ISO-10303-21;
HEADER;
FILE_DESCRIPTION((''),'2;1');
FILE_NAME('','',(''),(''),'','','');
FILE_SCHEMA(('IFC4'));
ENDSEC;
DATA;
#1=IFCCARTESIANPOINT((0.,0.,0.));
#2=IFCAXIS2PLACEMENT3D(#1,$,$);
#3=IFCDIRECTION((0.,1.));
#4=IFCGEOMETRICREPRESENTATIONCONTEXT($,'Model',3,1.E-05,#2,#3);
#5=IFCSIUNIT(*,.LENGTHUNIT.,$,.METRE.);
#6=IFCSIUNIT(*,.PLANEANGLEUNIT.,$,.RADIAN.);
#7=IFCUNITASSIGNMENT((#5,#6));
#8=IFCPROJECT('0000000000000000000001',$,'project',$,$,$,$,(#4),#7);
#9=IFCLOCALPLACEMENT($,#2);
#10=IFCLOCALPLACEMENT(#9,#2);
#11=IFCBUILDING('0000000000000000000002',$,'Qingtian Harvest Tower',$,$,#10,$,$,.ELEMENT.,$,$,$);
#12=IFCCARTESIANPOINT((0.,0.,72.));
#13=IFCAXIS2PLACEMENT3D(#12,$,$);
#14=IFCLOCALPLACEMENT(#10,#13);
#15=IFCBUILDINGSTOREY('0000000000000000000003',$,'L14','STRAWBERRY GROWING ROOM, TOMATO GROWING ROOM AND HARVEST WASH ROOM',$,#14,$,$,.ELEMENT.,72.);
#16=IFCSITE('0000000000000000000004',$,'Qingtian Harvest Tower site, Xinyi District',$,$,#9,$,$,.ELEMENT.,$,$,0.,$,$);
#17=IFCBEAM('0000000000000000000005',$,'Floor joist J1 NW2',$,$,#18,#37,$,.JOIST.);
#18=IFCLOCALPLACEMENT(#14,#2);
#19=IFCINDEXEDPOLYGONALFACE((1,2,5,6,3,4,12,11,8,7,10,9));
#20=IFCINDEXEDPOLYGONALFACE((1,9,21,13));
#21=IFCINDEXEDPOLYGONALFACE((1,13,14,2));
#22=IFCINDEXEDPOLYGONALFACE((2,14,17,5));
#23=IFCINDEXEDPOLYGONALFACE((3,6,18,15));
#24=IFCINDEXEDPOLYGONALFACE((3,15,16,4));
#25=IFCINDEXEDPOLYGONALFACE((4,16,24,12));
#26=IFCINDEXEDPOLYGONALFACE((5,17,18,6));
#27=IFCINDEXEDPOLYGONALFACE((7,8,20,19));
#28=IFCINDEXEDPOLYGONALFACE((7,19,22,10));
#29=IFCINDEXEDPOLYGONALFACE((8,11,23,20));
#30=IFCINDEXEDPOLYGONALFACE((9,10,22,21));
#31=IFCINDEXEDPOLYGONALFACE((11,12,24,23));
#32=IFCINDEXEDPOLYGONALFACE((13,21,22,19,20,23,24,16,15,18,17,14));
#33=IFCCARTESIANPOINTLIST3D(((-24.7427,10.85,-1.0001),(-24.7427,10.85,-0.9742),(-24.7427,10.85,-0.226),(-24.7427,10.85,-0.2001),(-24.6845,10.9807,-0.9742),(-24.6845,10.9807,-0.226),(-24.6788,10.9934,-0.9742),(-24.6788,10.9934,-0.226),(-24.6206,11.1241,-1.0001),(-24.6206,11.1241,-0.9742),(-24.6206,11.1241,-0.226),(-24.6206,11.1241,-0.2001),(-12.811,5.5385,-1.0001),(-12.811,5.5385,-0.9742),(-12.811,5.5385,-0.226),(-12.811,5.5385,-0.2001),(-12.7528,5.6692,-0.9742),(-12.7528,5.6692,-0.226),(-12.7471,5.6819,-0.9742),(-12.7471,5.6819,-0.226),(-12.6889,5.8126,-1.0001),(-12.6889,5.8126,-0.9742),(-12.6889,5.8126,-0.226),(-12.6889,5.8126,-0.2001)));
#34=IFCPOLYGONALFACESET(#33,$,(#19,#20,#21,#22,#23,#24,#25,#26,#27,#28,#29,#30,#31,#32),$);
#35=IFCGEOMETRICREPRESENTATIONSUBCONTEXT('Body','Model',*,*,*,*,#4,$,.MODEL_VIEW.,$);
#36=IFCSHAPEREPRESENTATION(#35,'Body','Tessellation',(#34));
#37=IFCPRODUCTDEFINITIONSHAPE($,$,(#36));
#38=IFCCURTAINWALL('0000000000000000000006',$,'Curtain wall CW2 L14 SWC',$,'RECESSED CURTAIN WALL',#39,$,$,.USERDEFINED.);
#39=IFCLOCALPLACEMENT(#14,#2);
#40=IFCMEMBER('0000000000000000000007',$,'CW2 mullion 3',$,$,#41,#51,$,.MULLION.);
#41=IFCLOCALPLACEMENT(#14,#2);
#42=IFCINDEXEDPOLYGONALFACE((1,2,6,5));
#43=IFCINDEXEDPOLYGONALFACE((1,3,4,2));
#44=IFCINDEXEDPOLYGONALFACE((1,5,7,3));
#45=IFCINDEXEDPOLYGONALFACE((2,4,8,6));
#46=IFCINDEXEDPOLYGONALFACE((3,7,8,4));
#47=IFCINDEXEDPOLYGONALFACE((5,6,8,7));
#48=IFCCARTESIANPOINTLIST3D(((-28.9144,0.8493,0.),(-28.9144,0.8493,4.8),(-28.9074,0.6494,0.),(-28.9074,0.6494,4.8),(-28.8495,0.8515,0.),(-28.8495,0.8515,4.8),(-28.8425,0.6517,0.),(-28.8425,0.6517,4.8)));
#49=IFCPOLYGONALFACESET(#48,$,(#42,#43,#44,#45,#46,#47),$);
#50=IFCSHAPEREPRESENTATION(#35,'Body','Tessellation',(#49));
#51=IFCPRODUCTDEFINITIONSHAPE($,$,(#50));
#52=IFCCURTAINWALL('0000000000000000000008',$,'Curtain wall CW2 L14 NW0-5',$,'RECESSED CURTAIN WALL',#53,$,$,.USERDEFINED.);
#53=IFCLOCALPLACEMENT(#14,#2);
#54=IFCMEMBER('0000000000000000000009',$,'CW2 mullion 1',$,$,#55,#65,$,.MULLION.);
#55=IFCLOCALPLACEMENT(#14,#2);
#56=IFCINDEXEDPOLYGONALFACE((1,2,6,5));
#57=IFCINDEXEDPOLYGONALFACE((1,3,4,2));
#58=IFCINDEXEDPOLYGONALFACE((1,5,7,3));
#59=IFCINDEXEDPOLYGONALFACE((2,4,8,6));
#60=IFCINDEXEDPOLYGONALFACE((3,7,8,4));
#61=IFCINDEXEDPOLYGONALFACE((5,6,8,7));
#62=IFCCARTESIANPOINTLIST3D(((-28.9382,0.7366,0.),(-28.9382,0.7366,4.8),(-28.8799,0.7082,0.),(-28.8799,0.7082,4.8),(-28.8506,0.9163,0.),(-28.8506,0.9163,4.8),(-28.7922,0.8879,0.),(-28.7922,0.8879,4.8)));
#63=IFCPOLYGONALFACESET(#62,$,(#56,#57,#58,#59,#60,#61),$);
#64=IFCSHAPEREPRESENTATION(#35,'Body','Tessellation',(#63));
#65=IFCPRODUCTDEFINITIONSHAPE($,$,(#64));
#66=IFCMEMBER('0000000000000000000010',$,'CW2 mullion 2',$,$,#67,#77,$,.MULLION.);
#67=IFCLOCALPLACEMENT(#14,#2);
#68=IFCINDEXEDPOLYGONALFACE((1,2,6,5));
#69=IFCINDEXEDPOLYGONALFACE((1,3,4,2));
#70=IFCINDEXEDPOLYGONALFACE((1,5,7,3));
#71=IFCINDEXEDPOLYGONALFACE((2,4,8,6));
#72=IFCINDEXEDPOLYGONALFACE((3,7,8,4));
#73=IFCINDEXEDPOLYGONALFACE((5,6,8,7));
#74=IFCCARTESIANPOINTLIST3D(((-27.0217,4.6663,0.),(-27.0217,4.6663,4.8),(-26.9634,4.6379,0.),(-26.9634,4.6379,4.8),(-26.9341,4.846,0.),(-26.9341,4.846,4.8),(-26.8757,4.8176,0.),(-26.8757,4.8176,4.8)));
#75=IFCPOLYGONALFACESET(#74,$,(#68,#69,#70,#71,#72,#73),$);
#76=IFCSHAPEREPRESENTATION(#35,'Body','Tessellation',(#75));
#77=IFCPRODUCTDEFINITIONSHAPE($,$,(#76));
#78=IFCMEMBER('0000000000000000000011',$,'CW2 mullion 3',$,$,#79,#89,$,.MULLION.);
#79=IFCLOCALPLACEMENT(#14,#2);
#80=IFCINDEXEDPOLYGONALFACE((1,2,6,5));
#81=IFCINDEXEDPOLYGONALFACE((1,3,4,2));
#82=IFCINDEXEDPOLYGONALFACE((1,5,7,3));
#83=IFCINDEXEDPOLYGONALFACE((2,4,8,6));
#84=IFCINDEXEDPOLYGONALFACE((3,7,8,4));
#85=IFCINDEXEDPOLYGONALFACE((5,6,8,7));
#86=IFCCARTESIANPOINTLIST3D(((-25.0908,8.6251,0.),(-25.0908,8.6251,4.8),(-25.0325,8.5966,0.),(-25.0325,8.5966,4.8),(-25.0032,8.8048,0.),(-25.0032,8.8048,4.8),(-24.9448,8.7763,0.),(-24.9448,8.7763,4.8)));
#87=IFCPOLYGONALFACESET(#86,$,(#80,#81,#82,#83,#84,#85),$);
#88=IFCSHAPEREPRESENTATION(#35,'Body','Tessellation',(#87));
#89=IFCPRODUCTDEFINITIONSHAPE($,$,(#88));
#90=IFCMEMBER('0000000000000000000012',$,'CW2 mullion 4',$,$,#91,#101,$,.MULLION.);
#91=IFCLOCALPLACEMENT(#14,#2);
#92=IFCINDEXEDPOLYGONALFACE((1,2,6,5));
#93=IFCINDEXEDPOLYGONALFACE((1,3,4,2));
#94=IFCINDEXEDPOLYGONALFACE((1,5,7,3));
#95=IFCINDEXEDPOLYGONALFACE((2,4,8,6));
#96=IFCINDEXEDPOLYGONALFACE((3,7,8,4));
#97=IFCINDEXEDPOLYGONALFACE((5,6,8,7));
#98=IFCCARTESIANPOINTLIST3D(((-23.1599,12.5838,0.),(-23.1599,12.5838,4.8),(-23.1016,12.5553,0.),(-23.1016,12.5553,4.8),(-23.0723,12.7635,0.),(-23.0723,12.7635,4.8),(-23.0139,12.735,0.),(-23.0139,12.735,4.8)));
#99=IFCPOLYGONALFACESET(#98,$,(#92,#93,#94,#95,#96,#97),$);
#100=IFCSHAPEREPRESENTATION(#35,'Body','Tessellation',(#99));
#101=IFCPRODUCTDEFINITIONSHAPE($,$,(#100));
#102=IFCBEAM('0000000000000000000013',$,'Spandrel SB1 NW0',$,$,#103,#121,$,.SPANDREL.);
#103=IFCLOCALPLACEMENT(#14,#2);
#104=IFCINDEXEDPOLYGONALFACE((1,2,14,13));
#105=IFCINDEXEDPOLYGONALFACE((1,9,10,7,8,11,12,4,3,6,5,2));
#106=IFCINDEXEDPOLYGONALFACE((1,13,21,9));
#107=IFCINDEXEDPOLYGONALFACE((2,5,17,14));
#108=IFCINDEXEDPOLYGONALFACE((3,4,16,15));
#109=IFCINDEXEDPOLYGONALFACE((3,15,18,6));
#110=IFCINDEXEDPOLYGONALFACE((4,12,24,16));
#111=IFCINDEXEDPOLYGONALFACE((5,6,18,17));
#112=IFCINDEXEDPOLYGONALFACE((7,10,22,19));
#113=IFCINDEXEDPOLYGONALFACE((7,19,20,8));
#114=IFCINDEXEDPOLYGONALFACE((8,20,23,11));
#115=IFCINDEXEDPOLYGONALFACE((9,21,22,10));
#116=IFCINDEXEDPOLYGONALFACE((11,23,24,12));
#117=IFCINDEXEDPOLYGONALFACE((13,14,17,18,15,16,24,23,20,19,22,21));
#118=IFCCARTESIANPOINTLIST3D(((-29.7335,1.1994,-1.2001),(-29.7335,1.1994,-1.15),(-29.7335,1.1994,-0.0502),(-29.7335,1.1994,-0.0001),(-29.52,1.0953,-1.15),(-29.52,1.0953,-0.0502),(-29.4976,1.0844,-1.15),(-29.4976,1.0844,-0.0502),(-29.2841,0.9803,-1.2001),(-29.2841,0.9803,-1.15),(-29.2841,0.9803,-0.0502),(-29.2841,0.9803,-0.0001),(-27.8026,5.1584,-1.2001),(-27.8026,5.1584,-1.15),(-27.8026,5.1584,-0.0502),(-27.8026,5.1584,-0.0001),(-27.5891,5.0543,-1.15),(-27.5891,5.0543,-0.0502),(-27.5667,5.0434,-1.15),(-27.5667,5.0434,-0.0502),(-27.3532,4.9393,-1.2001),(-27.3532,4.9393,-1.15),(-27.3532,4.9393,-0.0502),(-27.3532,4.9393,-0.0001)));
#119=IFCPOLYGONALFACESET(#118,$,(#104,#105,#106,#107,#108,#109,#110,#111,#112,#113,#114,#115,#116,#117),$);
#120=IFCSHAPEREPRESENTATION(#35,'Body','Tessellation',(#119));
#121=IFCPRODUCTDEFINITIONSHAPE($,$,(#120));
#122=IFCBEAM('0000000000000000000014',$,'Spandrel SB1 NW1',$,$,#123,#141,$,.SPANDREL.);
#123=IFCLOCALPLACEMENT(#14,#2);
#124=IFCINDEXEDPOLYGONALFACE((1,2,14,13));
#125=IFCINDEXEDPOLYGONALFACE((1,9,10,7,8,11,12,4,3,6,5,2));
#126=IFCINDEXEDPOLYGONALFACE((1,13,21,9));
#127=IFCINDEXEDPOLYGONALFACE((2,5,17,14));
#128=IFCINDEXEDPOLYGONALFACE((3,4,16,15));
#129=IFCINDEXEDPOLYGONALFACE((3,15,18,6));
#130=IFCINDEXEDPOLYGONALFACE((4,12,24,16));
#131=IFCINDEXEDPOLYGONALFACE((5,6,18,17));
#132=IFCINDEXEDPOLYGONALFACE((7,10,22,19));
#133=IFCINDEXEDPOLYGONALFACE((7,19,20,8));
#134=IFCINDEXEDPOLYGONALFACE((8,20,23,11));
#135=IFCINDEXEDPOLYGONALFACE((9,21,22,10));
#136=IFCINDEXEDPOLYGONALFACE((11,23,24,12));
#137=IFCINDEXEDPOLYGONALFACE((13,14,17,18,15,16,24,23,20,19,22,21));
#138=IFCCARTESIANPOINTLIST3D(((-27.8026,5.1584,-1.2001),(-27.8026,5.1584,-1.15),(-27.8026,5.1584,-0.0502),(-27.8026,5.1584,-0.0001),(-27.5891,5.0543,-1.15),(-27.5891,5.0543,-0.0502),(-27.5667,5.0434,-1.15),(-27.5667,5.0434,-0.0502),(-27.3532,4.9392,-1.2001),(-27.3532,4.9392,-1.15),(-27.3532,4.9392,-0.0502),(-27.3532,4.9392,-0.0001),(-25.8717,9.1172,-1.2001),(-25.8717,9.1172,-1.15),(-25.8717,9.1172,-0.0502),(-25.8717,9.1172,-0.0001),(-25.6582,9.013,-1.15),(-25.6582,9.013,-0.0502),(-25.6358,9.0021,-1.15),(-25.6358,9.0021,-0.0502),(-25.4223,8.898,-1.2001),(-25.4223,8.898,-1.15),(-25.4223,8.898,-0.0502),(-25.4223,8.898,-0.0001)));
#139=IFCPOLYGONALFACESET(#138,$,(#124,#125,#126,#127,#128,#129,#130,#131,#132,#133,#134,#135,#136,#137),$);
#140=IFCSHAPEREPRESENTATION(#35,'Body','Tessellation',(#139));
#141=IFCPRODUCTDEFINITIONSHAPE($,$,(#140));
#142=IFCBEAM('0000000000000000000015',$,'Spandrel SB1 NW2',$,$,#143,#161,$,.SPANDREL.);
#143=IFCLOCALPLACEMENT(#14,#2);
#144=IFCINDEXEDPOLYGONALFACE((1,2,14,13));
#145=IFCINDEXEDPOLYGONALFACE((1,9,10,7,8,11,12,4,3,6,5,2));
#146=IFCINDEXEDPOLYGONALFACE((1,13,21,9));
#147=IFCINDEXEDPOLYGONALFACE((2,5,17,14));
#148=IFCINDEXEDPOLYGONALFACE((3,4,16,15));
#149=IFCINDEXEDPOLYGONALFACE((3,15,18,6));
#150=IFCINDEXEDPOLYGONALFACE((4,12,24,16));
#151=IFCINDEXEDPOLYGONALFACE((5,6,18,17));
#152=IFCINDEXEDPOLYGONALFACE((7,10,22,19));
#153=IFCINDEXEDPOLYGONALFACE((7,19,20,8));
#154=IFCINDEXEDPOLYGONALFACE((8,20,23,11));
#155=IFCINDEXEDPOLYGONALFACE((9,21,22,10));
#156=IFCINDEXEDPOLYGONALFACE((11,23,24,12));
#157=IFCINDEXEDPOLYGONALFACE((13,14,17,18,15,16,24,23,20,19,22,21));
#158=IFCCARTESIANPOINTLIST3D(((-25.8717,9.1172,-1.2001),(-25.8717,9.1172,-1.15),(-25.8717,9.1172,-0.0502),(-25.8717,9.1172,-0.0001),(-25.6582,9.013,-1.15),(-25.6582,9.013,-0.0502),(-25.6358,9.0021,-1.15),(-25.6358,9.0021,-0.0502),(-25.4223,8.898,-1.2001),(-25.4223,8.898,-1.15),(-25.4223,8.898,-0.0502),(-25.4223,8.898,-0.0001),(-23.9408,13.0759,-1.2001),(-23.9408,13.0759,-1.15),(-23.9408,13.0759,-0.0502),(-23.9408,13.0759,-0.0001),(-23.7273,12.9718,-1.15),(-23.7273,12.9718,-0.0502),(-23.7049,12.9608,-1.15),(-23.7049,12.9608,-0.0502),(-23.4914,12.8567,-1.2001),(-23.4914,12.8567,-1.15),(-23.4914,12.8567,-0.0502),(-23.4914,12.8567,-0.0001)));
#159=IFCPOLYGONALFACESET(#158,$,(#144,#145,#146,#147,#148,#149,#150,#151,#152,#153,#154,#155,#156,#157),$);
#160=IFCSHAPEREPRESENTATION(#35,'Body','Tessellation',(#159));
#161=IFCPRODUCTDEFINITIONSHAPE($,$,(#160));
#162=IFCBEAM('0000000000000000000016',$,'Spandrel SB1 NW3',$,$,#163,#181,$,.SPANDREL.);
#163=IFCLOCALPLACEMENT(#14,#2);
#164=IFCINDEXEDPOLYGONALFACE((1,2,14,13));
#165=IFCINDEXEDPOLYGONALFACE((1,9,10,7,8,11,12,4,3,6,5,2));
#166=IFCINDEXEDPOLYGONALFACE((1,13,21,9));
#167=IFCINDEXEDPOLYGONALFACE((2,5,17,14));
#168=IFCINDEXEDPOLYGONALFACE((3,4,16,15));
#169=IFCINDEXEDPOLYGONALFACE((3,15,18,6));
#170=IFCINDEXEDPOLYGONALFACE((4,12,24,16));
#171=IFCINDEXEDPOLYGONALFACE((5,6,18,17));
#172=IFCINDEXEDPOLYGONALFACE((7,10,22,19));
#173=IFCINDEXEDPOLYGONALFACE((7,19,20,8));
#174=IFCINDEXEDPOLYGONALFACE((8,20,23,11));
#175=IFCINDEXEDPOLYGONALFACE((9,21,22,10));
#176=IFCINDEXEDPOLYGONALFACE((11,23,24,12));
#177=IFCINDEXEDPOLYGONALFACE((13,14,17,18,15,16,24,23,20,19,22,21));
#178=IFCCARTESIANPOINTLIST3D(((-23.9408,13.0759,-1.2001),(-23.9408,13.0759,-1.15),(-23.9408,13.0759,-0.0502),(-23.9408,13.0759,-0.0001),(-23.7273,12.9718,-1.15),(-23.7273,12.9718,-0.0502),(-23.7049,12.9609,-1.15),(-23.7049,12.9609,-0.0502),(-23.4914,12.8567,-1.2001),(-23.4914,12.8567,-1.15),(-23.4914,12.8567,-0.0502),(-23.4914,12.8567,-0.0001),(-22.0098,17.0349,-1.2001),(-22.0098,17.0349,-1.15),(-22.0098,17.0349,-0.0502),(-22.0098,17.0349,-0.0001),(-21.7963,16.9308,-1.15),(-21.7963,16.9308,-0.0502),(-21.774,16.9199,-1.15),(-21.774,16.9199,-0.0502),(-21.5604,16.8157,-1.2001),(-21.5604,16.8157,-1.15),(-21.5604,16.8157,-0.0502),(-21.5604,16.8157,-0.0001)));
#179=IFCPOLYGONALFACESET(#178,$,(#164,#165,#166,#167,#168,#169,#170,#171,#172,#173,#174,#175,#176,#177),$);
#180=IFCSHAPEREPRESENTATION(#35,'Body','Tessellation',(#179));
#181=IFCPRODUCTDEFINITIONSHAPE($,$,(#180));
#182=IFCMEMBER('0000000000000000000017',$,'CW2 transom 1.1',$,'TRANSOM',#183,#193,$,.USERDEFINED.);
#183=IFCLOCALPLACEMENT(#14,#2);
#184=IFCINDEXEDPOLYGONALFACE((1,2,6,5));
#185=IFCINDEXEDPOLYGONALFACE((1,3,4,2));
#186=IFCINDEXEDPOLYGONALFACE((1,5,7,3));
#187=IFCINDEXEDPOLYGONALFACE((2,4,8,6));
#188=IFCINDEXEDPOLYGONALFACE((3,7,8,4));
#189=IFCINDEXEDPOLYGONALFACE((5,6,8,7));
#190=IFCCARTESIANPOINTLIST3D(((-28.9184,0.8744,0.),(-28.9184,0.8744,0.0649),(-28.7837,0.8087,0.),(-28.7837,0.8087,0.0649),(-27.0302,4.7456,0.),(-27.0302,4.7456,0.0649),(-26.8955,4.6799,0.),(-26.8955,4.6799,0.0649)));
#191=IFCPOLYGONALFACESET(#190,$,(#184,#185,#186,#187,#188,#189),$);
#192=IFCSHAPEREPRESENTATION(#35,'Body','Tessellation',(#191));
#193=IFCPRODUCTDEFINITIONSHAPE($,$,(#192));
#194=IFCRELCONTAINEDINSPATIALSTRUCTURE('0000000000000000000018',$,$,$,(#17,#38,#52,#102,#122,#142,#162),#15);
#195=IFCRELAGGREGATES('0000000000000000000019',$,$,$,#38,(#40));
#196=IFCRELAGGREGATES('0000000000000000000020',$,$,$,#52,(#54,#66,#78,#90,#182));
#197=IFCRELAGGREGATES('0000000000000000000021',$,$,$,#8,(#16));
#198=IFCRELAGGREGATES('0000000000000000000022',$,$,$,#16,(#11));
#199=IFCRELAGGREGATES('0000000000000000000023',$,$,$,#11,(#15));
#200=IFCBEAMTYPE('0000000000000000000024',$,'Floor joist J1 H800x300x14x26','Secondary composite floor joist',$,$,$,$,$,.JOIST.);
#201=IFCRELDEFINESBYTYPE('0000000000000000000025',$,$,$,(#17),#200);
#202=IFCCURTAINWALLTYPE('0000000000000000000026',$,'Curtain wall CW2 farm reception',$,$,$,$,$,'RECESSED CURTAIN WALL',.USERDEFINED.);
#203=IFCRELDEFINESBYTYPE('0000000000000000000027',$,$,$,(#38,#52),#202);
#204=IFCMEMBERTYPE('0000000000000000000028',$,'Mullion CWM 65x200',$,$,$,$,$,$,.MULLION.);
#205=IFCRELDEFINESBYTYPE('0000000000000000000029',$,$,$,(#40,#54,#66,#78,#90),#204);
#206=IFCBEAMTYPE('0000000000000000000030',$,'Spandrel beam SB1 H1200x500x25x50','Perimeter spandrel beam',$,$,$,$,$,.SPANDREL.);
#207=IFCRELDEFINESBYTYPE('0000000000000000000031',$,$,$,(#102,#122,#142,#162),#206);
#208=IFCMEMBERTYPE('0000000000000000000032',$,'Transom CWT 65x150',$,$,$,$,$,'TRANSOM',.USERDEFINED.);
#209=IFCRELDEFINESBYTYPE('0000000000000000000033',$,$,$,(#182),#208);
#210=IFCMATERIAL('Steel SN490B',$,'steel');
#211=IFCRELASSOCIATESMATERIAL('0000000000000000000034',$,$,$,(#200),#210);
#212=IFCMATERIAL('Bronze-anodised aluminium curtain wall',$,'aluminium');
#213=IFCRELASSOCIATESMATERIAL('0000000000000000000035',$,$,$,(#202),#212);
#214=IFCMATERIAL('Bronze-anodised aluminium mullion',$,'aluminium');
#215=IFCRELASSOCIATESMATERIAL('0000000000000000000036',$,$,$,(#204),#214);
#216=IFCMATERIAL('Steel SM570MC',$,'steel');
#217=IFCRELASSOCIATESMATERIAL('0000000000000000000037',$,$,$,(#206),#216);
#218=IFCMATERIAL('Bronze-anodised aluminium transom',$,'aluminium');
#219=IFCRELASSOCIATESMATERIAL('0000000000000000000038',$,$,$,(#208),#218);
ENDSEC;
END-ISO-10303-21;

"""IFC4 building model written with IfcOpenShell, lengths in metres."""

from ifc_helpers import new_model, si_unit, direction, frame, origin, origin_2d, place, context, subcontext, project, spatial, rectangle, i_section, extrude, material, material_profile, profile_set, type_object, element, aggregate, save


model = new_model("IFC4")

# Units and contexts
model_context = context("Model", 3, precision=1e-05, world=origin(), true_north=direction((0.0, 1.0)))
body_context = subcontext(model_context, "Body", "Model", "MODEL_VIEW")
ifc_project = project(units=[si_unit("LENGTHUNIT", "METRE"), si_unit("PLANEANGLEUNIT", "RADIAN")], contexts=[model_context])

# Site, building, storey
site_placement = place(None, origin())
site = spatial("IfcSite", under=ifc_project, at=site_placement, Name="Qingtian Harvest Tower site, Xinyi District", CompositionType="ELEMENT", RefElevation=0.0)
building_placement = place(site_placement, origin())
building = spatial("IfcBuilding", under=site, at=building_placement, Name="Qingtian Harvest Tower", CompositionType="ELEMENT")
storey_placement = place(building_placement, frame((0.0, 0.0, 72.0)))
storey = spatial("IfcBuildingStorey", under=building, at=storey_placement, Name="L14", Description="STRAWBERRY GROWING ROOM, TOMATO GROWING ROOM AND HARVEST WASH ROOM", CompositionType="ELEMENT", Elevation=72.0)

# Beam
ifc_material_1 = material(Name="Steel SN490B", Category="steel")
ifc_material_profile_1 = material_profile(ifc_material_1, i_section(OverallWidth=0.3, OverallDepth=0.8, WebThickness=0.0139, FlangeThickness=0.0259, at=origin_2d()), Name="H800x300x14x26")
ifc_profile_set_1 = profile_set([ifc_material_profile_1], Name="Steel SN490B")
beam_type_1 = type_object("IfcBeamType", Name="Floor joist J1 H800x300x14x26", Description="Secondary composite floor joist", PredefinedType="JOIST", material=ifc_profile_set_1)
beam_1_placement = place(storey_placement, frame((-24.6816, 10.9871, -0.6001), z_axis=(0.913568, -0.406686, 0.0), x_axis=(0.406686, 0.913568, 0.0)))
element("IfcBeam", 1, at=beam_1_placement, inside=storey, type_object=beam_type_1, Name="Floor joist J1 NW2", PredefinedType="JOIST", context=body_context, shape_type="SweptSolid", body=[
    extrude(i_section(OverallWidth=0.3, OverallDepth=0.8, WebThickness=0.0139, FlangeThickness=0.0259, at=origin_2d()), origin(), (0.0, 0.0, 1.0), 13.0605),
])

# Curtain wall, member
ifc_material_2 = material(Name="Bronze-anodised aluminium curtain wall", Category="aluminium")
curtain_wall_type = type_object("IfcCurtainWallType", Name="Curtain wall CW2 farm reception", ElementType="RECESSED CURTAIN WALL", PredefinedType="USERDEFINED", material=ifc_material_2)
curtain_wall_1_placement = place(storey_placement, origin())
curtain_wall_1 = element("IfcCurtainWall", 2, at=curtain_wall_1_placement, inside=storey, type_object=curtain_wall_type, Name="Curtain wall CW2 L14 SWC", ObjectType="RECESSED CURTAIN WALL", PredefinedType="USERDEFINED")
ifc_material_3 = material(Name="Bronze-anodised aluminium mullion", Category="aluminium")
ifc_material_profile_2 = material_profile(ifc_material_3, rectangle(XDim=0.0649, YDim=0.2, at=origin_2d()), Name="AL 65x200")
ifc_profile_set_2 = profile_set([ifc_material_profile_2], Name="Bronze-anodised aluminium mullion")
member_type_1 = type_object("IfcMemberType", Name="Mullion CWM 65x200", PredefinedType="MULLION", material=ifc_profile_set_2)
member_1_placement = place(storey_placement, frame((-28.8784, 0.7505, 0.0), z_axis=(0.0, 0.0, 1.0), x_axis=(-0.999391, -0.034899, 0.0)))
member_1 = element("IfcMember", 3, at=member_1_placement, type_object=member_type_1, Name="CW2 mullion 3", PredefinedType="MULLION", context=body_context, shape_type="SweptSolid", body=[
    extrude(rectangle(XDim=0.0649, YDim=0.2, at=origin_2d()), origin(), (0.0, 0.0, 1.0), 4.8),
])
aggregate(curtain_wall_1, [member_1])

# Curtain wall, members
curtain_wall_2_placement = place(storey_placement, origin())
curtain_wall_2 = element("IfcCurtainWall", 4, at=curtain_wall_2_placement, inside=storey, type_object=curtain_wall_type, Name="Curtain wall CW2 L14 NW0-5", ObjectType="RECESSED CURTAIN WALL", PredefinedType="USERDEFINED")
member_2_placement = place(storey_placement, frame((-28.8652, 0.8123, 0.0), z_axis=(0.0, 0.0, 1.0), x_axis=(-0.898794, 0.438371, 0.0)))
member_2 = element("IfcMember", 5, at=member_2_placement, type_object=member_type_1, Name="CW2 mullion 1", PredefinedType="MULLION", context=body_context, shape_type="SweptSolid", body=[
    extrude(rectangle(XDim=0.0649, YDim=0.2, at=origin_2d()), origin(), (0.0, 0.0, 1.0), 4.8),
])
member_3_placement = place(storey_placement, frame((-26.9487, 4.7419, 0.0), z_axis=(0.0, 0.0, 1.0), x_axis=(-0.898794, 0.438371, 0.0)))
member_3 = element("IfcMember", 6, at=member_3_placement, type_object=member_type_1, Name="CW2 mullion 2", PredefinedType="MULLION", context=body_context, shape_type="SweptSolid", body=[
    extrude(rectangle(XDim=0.0649, YDim=0.2, at=origin_2d()), origin(), (0.0, 0.0, 1.0), 4.8),
])
member_4_placement = place(storey_placement, frame((-25.0178, 8.7007, 0.0), z_axis=(0.0, 0.0, 1.0), x_axis=(-0.898794, 0.438371, 0.0)))
member_4 = element("IfcMember", 7, at=member_4_placement, type_object=member_type_1, Name="CW2 mullion 3", PredefinedType="MULLION", context=body_context, shape_type="SweptSolid", body=[
    extrude(rectangle(XDim=0.0649, YDim=0.2, at=origin_2d()), origin(), (0.0, 0.0, 1.0), 4.8),
])
member_5_placement = place(storey_placement, frame((-23.0869, 12.6594, 0.0), z_axis=(0.0, 0.0, 1.0), x_axis=(-0.898794, 0.438371, 0.0)))
member_5 = element("IfcMember", 8, at=member_5_placement, type_object=member_type_1, Name="CW2 mullion 4", PredefinedType="MULLION", context=body_context, shape_type="SweptSolid", body=[
    extrude(rectangle(XDim=0.0649, YDim=0.2, at=origin_2d()), origin(), (0.0, 0.0, 1.0), 4.8),
])

# Beams
ifc_material_4 = material(Name="Steel SM570MC", Category="steel")
ifc_material_profile_3 = material_profile(ifc_material_4, i_section(OverallWidth=0.5, OverallDepth=1.2, WebThickness=0.0249, FlangeThickness=0.05, at=origin_2d()), Name="H1200x500x25x50")
ifc_profile_set_3 = profile_set([ifc_material_profile_3], Name="Steel SM570MC")
beam_type_2 = type_object("IfcBeamType", Name="Spandrel beam SB1 H1200x500x25x50", Description="Perimeter spandrel beam", PredefinedType="SPANDREL", material=ifc_profile_set_3)
beam_2_placement = place(storey_placement, frame((-29.5088, 1.0898, -0.6001), z_axis=(0.438368, 0.898796, 0.0), x_axis=(-0.898796, 0.438368, 0.0)))
element("IfcBeam", 9, at=beam_2_placement, inside=storey, type_object=beam_type_2, Name="Spandrel SB1 NW0", PredefinedType="SPANDREL", context=body_context, shape_type="SweptSolid", body=[
    extrude(i_section(OverallWidth=0.5, OverallDepth=1.2, WebThickness=0.0249, FlangeThickness=0.05, at=origin_2d()), origin(), (0.0, 0.0, 1.0), 4.4048),
])
for number, where, z_axis, x_axis, name in (
    (10, (-27.5779, 5.0488, -0.6001), (0.43839, 0.898785, 0.0), (-0.898785, 0.43839, 0.0), "Spandrel SB1 NW1"),
    (11, (-25.647, 9.0076, -0.6001), (0.43839, 0.898785, 0.0), (-0.898785, 0.43839, 0.0), "Spandrel SB1 NW2"),
):
    element("IfcBeam", number, at=place(storey_placement, frame(where, z_axis=z_axis, x_axis=x_axis)), inside=storey, type_object=beam_type_2, Name=name, PredefinedType="SPANDREL", context=body_context, shape_type="SweptSolid", body=[
        extrude(i_section(OverallWidth=0.5, OverallDepth=1.2, WebThickness=0.0249, FlangeThickness=0.05, at=origin_2d()), origin(), (0.0, 0.0, 1.0), 4.4045),
    ])
beam_3_placement = place(storey_placement, frame((-23.7161, 12.9663, -0.6001), z_axis=(0.438368, 0.898796, 0.0), x_axis=(-0.898796, 0.438368, 0.0)))
element("IfcBeam", 12, at=beam_3_placement, inside=storey, type_object=beam_type_2, Name="Spandrel SB1 NW3", PredefinedType="SPANDREL", context=body_context, shape_type="SweptSolid", body=[
    extrude(i_section(OverallWidth=0.5, OverallDepth=1.2, WebThickness=0.0249, FlangeThickness=0.05, at=origin_2d()), origin(), (0.0, 0.0, 1.0), 4.4048),
])

# Member
ifc_material_5 = material(Name="Bronze-anodised aluminium transom", Category="aluminium")
ifc_material_profile_4 = material_profile(ifc_material_5, rectangle(XDim=0.1499, YDim=0.0649, at=origin_2d()), Name="AL 65x150")
ifc_profile_set_4 = profile_set([ifc_material_profile_4], Name="Bronze-anodised aluminium transom")
member_type_2 = type_object("IfcMemberType", Name="Transom CWT 65x150", ElementType="TRANSOM", PredefinedType="USERDEFINED", material=ifc_profile_set_4)
member_6_placement = place(storey_placement, frame((-28.8511, 0.8416, 0.0325), z_axis=(0.438395, 0.898783, 0.0), x_axis=(-0.898783, 0.438395, 0.0)))
member_6 = element("IfcMember", 13, at=member_6_placement, type_object=member_type_2, Name="CW2 transom 1.1", ObjectType="TRANSOM", PredefinedType="USERDEFINED", context=body_context, shape_type="SweptSolid", body=[
    extrude(rectangle(XDim=0.1499, YDim=0.0649, at=origin_2d()), origin(), (0.0, 0.0, 1.0), 4.3071),
])

aggregate(curtain_wall_2, [member_2, member_3, member_4, member_5, member_6])

save(model, "model.ifc")
